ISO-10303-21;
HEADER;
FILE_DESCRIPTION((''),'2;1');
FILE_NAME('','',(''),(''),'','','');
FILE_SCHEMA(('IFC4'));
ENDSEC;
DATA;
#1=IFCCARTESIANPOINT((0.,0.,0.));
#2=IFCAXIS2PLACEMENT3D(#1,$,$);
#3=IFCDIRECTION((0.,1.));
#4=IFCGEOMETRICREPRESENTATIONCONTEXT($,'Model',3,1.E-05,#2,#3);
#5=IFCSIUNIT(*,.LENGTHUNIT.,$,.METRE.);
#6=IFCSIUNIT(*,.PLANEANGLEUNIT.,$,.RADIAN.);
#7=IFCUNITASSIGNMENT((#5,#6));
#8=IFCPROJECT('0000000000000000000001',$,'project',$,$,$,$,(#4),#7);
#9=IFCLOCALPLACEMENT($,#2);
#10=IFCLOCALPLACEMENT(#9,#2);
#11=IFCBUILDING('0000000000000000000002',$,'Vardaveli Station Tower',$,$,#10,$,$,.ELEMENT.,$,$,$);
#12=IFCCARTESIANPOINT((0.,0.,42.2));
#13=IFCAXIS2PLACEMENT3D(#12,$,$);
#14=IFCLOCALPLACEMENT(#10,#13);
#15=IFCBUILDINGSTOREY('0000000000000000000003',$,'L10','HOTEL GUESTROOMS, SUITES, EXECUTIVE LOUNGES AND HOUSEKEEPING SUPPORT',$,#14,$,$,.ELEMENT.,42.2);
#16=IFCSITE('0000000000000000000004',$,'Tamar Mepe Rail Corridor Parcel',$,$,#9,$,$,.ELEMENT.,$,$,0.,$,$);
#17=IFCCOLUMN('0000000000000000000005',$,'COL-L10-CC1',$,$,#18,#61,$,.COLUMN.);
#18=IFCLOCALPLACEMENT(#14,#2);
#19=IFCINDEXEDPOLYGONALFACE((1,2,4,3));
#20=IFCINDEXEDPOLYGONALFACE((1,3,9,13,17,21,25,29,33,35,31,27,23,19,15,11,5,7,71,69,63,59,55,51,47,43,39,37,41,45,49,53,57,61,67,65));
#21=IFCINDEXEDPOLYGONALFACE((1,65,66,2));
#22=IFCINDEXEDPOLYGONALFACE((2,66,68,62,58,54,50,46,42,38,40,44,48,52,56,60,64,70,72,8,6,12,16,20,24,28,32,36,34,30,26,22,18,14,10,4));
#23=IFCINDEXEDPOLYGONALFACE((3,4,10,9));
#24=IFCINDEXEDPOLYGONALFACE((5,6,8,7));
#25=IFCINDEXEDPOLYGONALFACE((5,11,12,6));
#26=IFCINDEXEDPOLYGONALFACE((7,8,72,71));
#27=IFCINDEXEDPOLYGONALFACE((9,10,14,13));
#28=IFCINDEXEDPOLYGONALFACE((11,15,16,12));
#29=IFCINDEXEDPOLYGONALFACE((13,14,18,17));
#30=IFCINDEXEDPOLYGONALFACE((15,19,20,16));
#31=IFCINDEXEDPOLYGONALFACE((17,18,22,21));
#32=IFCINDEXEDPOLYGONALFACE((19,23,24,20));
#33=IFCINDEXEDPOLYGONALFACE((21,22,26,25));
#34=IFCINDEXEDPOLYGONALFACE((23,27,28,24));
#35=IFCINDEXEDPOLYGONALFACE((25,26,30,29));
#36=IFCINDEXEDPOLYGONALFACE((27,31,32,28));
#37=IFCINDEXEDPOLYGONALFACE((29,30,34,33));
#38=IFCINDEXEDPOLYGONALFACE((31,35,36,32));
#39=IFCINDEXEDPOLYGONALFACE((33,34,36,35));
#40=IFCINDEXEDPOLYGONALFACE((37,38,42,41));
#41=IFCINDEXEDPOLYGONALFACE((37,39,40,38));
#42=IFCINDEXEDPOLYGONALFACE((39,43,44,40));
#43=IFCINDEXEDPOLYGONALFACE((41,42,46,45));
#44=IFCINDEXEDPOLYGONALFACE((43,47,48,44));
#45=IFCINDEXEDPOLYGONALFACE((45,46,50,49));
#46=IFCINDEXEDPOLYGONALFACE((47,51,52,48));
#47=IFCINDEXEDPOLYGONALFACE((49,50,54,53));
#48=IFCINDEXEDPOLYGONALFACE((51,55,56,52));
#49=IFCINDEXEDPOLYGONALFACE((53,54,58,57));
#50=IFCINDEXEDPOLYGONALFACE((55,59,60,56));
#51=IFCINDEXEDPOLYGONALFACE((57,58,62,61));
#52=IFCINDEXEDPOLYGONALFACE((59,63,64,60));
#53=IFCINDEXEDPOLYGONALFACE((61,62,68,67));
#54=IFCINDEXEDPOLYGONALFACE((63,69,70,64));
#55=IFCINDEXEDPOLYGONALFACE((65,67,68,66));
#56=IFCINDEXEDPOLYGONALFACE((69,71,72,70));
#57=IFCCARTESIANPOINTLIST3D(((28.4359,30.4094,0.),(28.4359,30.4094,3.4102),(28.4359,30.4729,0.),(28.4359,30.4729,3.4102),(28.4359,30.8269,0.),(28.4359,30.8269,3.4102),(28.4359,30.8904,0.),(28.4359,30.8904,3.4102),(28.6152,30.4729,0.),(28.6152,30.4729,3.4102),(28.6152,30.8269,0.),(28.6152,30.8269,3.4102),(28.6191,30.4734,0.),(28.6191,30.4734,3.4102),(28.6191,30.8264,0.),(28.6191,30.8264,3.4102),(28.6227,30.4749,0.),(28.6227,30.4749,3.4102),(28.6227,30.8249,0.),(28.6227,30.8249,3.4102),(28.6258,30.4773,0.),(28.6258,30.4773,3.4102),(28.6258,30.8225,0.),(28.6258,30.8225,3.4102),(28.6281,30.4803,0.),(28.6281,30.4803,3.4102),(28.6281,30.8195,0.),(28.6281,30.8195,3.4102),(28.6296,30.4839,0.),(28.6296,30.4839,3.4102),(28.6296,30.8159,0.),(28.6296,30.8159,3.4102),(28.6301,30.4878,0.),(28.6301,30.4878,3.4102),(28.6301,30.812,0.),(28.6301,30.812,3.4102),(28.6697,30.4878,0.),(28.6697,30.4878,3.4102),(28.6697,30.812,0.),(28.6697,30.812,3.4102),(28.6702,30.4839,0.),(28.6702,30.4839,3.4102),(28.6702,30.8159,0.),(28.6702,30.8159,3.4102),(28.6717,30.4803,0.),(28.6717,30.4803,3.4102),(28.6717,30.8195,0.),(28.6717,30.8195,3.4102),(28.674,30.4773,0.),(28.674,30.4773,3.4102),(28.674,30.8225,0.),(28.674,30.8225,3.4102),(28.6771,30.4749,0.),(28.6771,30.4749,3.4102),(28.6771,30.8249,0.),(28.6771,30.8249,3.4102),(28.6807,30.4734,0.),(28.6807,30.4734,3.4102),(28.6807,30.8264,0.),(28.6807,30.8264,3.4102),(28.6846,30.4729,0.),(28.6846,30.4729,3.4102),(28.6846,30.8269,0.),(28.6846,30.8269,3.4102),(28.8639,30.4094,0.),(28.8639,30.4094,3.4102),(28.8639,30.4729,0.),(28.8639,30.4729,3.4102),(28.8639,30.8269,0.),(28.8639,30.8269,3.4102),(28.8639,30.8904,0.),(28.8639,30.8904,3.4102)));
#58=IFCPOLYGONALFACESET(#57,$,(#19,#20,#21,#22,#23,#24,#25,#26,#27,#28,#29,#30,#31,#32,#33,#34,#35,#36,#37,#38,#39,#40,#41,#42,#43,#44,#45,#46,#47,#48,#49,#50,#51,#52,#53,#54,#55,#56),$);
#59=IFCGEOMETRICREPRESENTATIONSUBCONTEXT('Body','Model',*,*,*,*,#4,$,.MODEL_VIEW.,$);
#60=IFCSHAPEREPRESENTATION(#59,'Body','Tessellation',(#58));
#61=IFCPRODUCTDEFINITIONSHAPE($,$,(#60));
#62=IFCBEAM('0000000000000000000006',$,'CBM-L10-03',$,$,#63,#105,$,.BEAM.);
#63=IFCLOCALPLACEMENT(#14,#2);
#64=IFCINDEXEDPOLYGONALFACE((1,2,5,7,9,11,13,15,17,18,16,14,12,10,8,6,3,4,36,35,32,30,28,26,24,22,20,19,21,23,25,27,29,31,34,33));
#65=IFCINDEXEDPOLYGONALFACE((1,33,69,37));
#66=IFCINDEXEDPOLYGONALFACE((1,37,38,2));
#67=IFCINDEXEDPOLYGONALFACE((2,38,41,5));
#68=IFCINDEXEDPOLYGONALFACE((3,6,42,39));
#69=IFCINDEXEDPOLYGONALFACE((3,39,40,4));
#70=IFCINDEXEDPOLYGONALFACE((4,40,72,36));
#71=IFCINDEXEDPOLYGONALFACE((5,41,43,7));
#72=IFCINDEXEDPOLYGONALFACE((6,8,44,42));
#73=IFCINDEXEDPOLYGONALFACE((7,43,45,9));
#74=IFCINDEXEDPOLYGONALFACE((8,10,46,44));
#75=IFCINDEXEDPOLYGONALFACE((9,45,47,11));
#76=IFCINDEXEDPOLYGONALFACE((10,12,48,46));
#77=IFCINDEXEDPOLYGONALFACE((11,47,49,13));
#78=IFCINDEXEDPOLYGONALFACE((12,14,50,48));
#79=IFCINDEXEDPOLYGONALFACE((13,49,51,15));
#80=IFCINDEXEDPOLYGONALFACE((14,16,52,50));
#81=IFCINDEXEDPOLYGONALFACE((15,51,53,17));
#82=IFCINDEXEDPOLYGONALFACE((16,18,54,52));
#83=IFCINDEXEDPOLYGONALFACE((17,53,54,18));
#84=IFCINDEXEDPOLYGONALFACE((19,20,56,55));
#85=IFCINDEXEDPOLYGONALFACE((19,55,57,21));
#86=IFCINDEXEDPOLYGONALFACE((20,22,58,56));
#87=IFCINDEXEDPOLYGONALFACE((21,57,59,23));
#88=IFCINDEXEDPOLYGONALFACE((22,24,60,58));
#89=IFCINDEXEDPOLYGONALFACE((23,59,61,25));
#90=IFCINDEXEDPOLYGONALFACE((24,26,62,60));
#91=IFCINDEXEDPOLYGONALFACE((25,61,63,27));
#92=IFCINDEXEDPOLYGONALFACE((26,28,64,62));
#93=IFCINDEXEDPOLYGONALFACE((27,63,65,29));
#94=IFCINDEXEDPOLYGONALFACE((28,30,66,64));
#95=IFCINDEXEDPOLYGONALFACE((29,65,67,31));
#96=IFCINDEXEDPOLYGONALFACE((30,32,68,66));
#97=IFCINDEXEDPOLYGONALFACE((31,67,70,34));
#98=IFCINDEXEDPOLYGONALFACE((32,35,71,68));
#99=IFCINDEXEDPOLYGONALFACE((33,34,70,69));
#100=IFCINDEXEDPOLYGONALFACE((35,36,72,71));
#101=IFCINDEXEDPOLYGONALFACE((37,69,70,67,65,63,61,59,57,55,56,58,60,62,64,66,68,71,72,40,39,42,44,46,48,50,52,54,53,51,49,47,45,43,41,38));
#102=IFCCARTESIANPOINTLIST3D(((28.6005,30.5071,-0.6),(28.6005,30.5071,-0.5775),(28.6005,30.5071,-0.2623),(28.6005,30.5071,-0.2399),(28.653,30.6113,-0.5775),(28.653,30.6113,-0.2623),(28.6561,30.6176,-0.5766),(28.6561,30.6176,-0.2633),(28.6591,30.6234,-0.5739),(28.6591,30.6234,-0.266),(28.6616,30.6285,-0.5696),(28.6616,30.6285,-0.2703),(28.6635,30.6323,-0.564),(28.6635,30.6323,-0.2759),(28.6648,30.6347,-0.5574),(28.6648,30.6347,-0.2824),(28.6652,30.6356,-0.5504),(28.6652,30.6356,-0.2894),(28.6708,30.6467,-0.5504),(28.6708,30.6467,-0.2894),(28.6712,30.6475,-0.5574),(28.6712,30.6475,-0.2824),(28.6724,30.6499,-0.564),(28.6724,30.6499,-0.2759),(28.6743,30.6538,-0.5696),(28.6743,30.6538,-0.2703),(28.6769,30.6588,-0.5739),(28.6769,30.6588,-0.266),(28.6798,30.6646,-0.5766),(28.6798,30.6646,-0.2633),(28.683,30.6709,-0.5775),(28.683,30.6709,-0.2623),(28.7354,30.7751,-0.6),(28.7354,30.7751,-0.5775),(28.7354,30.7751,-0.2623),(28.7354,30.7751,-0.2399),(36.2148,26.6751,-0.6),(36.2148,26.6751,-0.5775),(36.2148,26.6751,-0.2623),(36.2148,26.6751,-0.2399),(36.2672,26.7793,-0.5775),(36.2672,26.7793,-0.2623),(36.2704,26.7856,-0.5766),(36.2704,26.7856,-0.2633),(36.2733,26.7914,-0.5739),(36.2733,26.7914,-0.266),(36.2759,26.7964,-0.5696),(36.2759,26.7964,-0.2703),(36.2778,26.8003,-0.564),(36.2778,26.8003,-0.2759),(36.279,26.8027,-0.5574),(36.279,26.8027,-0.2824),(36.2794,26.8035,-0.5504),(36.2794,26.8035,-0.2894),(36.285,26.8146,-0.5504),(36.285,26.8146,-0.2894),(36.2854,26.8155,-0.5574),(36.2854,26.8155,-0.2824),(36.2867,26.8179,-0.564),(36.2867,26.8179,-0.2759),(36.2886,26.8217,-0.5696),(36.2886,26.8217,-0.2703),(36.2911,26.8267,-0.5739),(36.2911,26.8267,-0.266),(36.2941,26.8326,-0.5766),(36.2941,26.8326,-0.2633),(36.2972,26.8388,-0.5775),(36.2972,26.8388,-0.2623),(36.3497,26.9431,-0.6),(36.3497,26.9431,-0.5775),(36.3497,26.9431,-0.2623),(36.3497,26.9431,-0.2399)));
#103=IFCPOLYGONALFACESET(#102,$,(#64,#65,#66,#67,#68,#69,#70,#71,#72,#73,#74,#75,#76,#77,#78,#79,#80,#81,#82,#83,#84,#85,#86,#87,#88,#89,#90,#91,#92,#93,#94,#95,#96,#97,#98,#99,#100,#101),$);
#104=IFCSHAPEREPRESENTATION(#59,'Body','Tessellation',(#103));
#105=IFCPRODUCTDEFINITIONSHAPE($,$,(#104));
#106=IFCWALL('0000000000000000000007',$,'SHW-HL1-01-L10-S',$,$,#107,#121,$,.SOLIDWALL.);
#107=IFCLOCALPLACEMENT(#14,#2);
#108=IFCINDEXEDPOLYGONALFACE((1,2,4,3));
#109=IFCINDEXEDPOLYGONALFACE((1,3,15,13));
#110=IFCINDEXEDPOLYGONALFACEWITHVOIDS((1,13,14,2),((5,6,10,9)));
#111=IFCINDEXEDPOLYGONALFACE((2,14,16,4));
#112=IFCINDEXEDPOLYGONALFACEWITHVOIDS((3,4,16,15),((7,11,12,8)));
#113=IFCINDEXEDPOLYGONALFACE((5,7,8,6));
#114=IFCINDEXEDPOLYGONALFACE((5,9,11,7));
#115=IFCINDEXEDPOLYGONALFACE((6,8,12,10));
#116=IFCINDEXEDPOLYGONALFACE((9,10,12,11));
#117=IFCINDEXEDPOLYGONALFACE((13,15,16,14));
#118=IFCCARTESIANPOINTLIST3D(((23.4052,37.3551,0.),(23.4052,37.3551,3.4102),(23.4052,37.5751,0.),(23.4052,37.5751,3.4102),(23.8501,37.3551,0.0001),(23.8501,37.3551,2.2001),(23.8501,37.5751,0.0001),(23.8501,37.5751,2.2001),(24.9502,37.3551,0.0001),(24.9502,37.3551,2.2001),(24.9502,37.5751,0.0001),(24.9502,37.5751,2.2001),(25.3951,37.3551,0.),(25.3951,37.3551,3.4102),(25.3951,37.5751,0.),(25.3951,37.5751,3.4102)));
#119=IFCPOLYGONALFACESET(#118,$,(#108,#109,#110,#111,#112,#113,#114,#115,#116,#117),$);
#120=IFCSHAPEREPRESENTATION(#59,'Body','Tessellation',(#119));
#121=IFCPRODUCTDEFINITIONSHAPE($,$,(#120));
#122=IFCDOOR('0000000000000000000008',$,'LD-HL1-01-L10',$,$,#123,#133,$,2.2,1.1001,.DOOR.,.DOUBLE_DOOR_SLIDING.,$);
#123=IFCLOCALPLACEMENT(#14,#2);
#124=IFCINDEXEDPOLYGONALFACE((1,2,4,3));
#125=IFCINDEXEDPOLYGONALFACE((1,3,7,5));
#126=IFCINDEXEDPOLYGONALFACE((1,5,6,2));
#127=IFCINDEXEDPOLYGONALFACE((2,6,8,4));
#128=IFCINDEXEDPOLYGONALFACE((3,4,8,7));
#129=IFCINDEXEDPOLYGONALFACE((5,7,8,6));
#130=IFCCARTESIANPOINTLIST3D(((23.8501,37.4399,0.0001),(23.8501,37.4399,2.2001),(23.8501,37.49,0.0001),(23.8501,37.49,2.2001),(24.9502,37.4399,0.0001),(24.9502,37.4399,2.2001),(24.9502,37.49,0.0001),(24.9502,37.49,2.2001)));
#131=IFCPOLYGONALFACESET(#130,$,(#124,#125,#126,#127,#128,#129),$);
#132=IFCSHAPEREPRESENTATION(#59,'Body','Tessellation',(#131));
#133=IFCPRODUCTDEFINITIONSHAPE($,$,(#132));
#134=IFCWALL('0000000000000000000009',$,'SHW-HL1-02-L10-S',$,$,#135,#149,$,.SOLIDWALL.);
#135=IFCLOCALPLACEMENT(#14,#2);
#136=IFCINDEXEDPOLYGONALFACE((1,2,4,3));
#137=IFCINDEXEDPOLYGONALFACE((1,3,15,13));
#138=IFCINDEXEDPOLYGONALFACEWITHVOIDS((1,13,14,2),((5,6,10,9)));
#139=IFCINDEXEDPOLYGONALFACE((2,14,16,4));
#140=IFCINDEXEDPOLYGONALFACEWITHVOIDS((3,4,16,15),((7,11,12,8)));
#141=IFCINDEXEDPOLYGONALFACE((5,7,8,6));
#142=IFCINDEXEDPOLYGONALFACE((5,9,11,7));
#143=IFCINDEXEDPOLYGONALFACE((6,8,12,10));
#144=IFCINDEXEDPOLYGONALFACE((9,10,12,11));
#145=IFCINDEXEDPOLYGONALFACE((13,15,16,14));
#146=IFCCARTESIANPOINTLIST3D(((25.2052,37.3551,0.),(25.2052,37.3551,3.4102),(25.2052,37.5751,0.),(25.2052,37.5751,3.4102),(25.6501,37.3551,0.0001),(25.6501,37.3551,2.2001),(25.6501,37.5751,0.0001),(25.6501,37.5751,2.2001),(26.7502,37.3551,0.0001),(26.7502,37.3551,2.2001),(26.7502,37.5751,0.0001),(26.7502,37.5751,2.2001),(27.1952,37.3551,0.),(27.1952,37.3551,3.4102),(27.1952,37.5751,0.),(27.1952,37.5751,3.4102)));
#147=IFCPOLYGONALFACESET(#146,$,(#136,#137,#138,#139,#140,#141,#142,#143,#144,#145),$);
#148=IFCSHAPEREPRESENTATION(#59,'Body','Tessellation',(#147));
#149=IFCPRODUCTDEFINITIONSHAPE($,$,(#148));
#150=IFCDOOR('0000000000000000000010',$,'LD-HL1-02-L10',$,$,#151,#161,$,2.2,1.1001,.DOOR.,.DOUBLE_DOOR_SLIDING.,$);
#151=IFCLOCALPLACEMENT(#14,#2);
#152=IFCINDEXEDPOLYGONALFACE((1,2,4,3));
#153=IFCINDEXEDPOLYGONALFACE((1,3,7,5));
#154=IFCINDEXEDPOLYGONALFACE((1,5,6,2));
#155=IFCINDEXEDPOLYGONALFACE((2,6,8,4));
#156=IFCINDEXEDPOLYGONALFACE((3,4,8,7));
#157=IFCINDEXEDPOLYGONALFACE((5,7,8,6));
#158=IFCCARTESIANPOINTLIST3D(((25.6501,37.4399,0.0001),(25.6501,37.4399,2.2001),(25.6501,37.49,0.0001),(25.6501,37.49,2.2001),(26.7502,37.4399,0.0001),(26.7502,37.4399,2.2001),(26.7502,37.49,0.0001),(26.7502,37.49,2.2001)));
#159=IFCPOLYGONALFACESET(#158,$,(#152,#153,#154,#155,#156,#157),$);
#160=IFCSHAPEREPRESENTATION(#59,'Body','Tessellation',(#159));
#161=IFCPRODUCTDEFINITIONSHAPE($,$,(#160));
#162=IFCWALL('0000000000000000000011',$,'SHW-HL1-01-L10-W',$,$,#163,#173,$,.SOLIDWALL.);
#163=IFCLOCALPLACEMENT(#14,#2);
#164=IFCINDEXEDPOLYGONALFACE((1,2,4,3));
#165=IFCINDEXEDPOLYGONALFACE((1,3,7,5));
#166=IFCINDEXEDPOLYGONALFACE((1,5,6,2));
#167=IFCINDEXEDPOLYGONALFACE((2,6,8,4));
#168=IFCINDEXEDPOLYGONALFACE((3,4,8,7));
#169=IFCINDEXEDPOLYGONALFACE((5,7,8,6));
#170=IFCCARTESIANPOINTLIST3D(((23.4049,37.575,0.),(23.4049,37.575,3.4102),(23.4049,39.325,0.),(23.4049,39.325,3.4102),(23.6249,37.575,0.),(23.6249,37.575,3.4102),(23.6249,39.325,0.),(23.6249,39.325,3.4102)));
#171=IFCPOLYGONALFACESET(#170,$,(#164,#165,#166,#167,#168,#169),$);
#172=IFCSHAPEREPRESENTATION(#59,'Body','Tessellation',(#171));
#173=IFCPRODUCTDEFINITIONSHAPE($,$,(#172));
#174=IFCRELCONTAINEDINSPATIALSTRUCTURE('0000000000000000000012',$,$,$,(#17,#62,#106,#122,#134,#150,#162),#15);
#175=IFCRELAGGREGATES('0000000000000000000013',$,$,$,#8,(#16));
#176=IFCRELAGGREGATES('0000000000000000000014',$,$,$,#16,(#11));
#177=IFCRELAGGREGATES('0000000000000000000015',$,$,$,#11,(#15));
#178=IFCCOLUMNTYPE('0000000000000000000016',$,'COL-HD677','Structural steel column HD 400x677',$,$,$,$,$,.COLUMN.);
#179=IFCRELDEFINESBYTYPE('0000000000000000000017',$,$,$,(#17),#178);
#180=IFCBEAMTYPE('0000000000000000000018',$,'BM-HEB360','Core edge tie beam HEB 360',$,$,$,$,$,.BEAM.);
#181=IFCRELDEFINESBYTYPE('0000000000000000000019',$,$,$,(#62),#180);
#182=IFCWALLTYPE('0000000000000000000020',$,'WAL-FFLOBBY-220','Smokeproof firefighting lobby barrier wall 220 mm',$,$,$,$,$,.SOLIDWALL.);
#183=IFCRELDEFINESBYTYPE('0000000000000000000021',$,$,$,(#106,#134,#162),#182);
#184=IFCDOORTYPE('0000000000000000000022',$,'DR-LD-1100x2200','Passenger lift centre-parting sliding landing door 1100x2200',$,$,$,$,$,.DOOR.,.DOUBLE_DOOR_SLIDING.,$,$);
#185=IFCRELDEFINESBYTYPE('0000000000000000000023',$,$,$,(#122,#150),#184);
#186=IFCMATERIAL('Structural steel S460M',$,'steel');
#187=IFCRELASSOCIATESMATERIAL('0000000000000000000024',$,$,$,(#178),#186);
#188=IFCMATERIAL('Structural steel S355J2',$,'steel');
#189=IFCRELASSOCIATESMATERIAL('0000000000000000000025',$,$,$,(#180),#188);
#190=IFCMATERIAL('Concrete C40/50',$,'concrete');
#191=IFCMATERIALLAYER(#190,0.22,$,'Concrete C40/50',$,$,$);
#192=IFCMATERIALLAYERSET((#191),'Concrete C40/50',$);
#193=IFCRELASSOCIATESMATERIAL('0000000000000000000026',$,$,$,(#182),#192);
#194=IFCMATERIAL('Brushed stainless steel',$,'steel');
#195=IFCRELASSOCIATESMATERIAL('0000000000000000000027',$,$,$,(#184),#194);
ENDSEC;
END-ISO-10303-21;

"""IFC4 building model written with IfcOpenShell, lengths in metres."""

from ifc_helpers import new_model, si_unit, direction, frame, frame_2d, origin, origin_2d, place, context, subcontext, project, spatial, rectangle, i_section, extrude, source, transform, mapped, material, layer, layer_set, material_profile, profile_set, type_object, element, fill, save


model = new_model("IFC4")

# Units and contexts
model_context = context("Model", 3, precision=1e-05, world=origin(), true_north=direction((0.0, 1.0)))
body_context = subcontext(model_context, "Body", "Model", "MODEL_VIEW")
ifc_project = project(units=[si_unit("LENGTHUNIT", "METRE"), si_unit("PLANEANGLEUNIT", "RADIAN")], contexts=[model_context])

# Site, building, storey
site_placement = place(None, origin())
site = spatial("IfcSite", under=ifc_project, at=site_placement, Name="Tamar Mepe Rail Corridor Parcel", CompositionType="ELEMENT", RefElevation=0.0)
building_placement = place(site_placement, origin())
building = spatial("IfcBuilding", under=site, at=building_placement, Name="Vardaveli Station Tower", CompositionType="ELEMENT")
storey_placement = place(building_placement, frame((0.0, 0.0, 42.2)))
storey = spatial("IfcBuildingStorey", under=building, at=storey_placement, Name="L10", Description="HOTEL GUESTROOMS, SUITES, EXECUTIVE LOUNGES AND HOUSEKEEPING SUPPORT", CompositionType="ELEMENT", Elevation=42.2)

# Column
ifc_material_1 = material(Name="Structural steel S460M", Category="steel")
ifc_material_profile_1 = material_profile(ifc_material_1, i_section(OverallWidth=0.428, OverallDepth=0.481, WebThickness=0.0396, FlangeThickness=0.0635, FilletRadius=0.0149, at=origin_2d()), Name="HD 400x677")
ifc_profile_set_1 = profile_set([ifc_material_profile_1], Name="Structural steel S460M")
column_type = type_object("IfcColumnType", Name="COL-HD677", Description="Structural steel column HD 400x677", PredefinedType="COLUMN", material=ifc_profile_set_1)
shared_shape_1 = source(origin(), body_context, "Body", "SweptSolid", [
    extrude(i_section(OverallWidth=0.428, OverallDepth=0.481, WebThickness=0.0396, FlangeThickness=0.0635, FilletRadius=0.0149, at=origin_2d()), origin(), (0.0, 0.0, 1.0), 3.4102),
])
column_placement = place(storey_placement, frame((28.6499, 30.6499, 0.0), z_axis=(0.0, 0.0, 1.0), x_axis=(1.0, 0.0, 0.0)))
element("IfcColumn", 1, at=column_placement, inside=storey, type_object=column_type, Name="COL-L10-CC1", PredefinedType="COLUMN", context=body_context, shape_type="MappedRepresentation", body=[
    mapped(shared_shape_1, transform((0.0, 0.0, 0.0), scale=1.0)),
])

# Beam
ifc_material_2 = material(Name="Structural steel S355J2", Category="steel")
ifc_material_profile_2 = material_profile(ifc_material_2, i_section(OverallWidth=0.3, OverallDepth=0.3601, WebThickness=0.0125, FlangeThickness=0.0225, FilletRadius=0.0271, at=origin_2d()), Name="HEB 360")
ifc_profile_set_2 = profile_set([ifc_material_profile_2], Name="Structural steel S355J2")
beam_type = type_object("IfcBeamType", Name="BM-HEB360", Description="Core edge tie beam HEB 360", PredefinedType="BEAM", material=ifc_profile_set_2)
shared_shape_2 = source(origin(), body_context, "Body", "SweptSolid", [
    extrude(i_section(OverallWidth=0.3, OverallDepth=0.3601, WebThickness=0.0125, FlangeThickness=0.0225, FilletRadius=0.0271, at=origin_2d()), origin(), (0.0, 0.0, 1.0), 8.5242),
])
beam_placement = place(storey_placement, frame((28.668, 30.6411, -0.4199), z_axis=(0.893256, -0.449549, 0.0), x_axis=(0.449549, 0.893256, 0.0)))
element("IfcBeam", 2, at=beam_placement, inside=storey, type_object=beam_type, Name="CBM-L10-03", PredefinedType="BEAM", context=body_context, shape_type="MappedRepresentation", body=[
    mapped(shared_shape_2, transform((0.0, 0.0, 0.0), scale=1.0)),
])

# Walls, openings, doors
ifc_material_3 = material(Name="Concrete C40/50", Category="concrete")
ifc_layer_1 = layer(ifc_material_3, 0.22, Name="Concrete C40/50")
ifc_layer_set_1 = layer_set([ifc_layer_1], Name="Concrete C40/50")
wall_type_1 = type_object("IfcWallType", Name="WAL-FFLOBBY-220", Description="Smokeproof firefighting lobby barrier wall 220 mm", PredefinedType="SOLIDWALL", material=ifc_layer_set_1)
shared_shape_3 = source(origin(), body_context, "Body", "SweptSolid", [
    extrude(rectangle(XDim=1.99, YDim=0.22, at=frame_2d((0.9951, 0.0))), origin(), (0.0, 0.0, 1.0), 3.4102),
])
wall_1_placement = place(storey_placement, frame((23.405, 37.4651, 0.0), z_axis=(0.0, 0.0, 1.0), x_axis=(1.0, 0.0, 0.0)))
wall_1 = element("IfcWall", 3, at=wall_1_placement, inside=storey, type_object=wall_type_1, Name="SHW-HL1-01-L10-S", PredefinedType="SOLIDWALL", context=body_context, shape_type="MappedRepresentation", body=[
    mapped(shared_shape_3, transform((0.0, 0.0, 0.0), scale=1.0)),
])
shared_shape_4 = source(origin(), body_context, "Body", "SweptSolid", [
    extrude(rectangle(XDim=1.1001, YDim=2.2, at=frame_2d((0.55, 1.1001))), frame((0.0, 0.1201, 0.0), z_axis=(0.0, -1.0, 0.0), x_axis=(1.0, 0.0, 0.0)), (0.0, 0.0, 1.0), 0.24),
])
opening_1_placement = place(wall_1_placement, frame((0.4451, 0.0, 0.0)))
opening_1 = element("IfcOpeningElement", 4, at=opening_1_placement, cuts=wall_1, PredefinedType="OPENING", context=body_context, shape_type="MappedRepresentation", body=[
    mapped(shared_shape_4, transform((0.0, 0.0, 0.0), scale=1.0)),
])
ifc_material_4 = material(Name="Brushed stainless steel", Category="steel")
door_type_1 = type_object("IfcDoorType", Name="DR-LD-1100x2200", Description="Passenger lift centre-parting sliding landing door 1100x2200", OperationType="DOUBLE_DOOR_SLIDING", PredefinedType="DOOR", material=ifc_material_4)
shared_shape_5 = source(origin(), body_context, "Body", "SweptSolid", [
    extrude(rectangle(XDim=1.1001, YDim=2.2, at=frame_2d((0.55, 1.1001))), frame((0.0, 0.0249, 0.0), z_axis=(0.0, -1.0, 0.0), x_axis=(1.0, 0.0, 0.0)), (0.0, 0.0, 1.0), 0.05),
])
door_1_placement = place(opening_1_placement, origin())
door_1 = element("IfcDoor", 5, at=door_1_placement, inside=storey, type_object=door_type_1, Name="LD-HL1-01-L10", OperationType="DOUBLE_DOOR_SLIDING", OverallHeight=2.2, OverallWidth=1.1001, PredefinedType="DOOR", context=body_context, shape_type="MappedRepresentation", body=[
    mapped(shared_shape_5, transform((0.0, 0.0, 0.0), scale=1.0)),
])
fill(opening_1, door_1)
wall_2_placement = place(storey_placement, frame((25.2051, 37.4651, 0.0), z_axis=(0.0, 0.0, 1.0), x_axis=(1.0, 0.0, 0.0)))
wall_2 = element("IfcWall", 6, at=wall_2_placement, inside=storey, type_object=wall_type_1, Name="SHW-HL1-02-L10-S", PredefinedType="SOLIDWALL", context=body_context, shape_type="MappedRepresentation", body=[
    mapped(shared_shape_3, transform((0.0, 0.0, 0.0), scale=1.0)),
])
opening_2_placement = place(wall_2_placement, frame((0.4451, 0.0, 0.0)))
opening_2 = element("IfcOpeningElement", 7, at=opening_2_placement, cuts=wall_2, PredefinedType="OPENING", context=body_context, shape_type="MappedRepresentation", body=[
    mapped(shared_shape_4, transform((0.0, 0.0, 0.0), scale=1.0)),
])
door_2_placement = place(opening_2_placement, origin())
door_2 = element("IfcDoor", 8, at=door_2_placement, inside=storey, type_object=door_type_1, Name="LD-HL1-02-L10", OperationType="DOUBLE_DOOR_SLIDING", OverallHeight=2.2, OverallWidth=1.1001, PredefinedType="DOOR", context=body_context, shape_type="MappedRepresentation", body=[
    mapped(shared_shape_5, transform((0.0, 0.0, 0.0), scale=1.0)),
])
fill(opening_2, door_2)

# Wall
shared_shape_6 = source(origin(), body_context, "Body", "SweptSolid", [
    extrude(rectangle(XDim=1.75, YDim=0.22, at=frame_2d((0.875, 0.0))), origin(), (0.0, 0.0, 1.0), 3.4102),
])
for number, where, z_axis, x_axis, name in (
    (9, (23.5149, 37.575, 0.0), (0.0, 0.0, 1.0), (0.0, 1.0, 0.0), "SHW-HL1-01-L10-W"),
):
    element("IfcWall", number, at=place(storey_placement, frame(where, z_axis=z_axis, x_axis=x_axis)), inside=storey, type_object=wall_type_1, Name=name, PredefinedType="SOLIDWALL", context=body_context, shape_type="MappedRepresentation", body=[
        mapped(shared_shape_6, transform((0.0, 0.0, 0.0), scale=1.0)),
    ])

save(model, "model.ifc")
